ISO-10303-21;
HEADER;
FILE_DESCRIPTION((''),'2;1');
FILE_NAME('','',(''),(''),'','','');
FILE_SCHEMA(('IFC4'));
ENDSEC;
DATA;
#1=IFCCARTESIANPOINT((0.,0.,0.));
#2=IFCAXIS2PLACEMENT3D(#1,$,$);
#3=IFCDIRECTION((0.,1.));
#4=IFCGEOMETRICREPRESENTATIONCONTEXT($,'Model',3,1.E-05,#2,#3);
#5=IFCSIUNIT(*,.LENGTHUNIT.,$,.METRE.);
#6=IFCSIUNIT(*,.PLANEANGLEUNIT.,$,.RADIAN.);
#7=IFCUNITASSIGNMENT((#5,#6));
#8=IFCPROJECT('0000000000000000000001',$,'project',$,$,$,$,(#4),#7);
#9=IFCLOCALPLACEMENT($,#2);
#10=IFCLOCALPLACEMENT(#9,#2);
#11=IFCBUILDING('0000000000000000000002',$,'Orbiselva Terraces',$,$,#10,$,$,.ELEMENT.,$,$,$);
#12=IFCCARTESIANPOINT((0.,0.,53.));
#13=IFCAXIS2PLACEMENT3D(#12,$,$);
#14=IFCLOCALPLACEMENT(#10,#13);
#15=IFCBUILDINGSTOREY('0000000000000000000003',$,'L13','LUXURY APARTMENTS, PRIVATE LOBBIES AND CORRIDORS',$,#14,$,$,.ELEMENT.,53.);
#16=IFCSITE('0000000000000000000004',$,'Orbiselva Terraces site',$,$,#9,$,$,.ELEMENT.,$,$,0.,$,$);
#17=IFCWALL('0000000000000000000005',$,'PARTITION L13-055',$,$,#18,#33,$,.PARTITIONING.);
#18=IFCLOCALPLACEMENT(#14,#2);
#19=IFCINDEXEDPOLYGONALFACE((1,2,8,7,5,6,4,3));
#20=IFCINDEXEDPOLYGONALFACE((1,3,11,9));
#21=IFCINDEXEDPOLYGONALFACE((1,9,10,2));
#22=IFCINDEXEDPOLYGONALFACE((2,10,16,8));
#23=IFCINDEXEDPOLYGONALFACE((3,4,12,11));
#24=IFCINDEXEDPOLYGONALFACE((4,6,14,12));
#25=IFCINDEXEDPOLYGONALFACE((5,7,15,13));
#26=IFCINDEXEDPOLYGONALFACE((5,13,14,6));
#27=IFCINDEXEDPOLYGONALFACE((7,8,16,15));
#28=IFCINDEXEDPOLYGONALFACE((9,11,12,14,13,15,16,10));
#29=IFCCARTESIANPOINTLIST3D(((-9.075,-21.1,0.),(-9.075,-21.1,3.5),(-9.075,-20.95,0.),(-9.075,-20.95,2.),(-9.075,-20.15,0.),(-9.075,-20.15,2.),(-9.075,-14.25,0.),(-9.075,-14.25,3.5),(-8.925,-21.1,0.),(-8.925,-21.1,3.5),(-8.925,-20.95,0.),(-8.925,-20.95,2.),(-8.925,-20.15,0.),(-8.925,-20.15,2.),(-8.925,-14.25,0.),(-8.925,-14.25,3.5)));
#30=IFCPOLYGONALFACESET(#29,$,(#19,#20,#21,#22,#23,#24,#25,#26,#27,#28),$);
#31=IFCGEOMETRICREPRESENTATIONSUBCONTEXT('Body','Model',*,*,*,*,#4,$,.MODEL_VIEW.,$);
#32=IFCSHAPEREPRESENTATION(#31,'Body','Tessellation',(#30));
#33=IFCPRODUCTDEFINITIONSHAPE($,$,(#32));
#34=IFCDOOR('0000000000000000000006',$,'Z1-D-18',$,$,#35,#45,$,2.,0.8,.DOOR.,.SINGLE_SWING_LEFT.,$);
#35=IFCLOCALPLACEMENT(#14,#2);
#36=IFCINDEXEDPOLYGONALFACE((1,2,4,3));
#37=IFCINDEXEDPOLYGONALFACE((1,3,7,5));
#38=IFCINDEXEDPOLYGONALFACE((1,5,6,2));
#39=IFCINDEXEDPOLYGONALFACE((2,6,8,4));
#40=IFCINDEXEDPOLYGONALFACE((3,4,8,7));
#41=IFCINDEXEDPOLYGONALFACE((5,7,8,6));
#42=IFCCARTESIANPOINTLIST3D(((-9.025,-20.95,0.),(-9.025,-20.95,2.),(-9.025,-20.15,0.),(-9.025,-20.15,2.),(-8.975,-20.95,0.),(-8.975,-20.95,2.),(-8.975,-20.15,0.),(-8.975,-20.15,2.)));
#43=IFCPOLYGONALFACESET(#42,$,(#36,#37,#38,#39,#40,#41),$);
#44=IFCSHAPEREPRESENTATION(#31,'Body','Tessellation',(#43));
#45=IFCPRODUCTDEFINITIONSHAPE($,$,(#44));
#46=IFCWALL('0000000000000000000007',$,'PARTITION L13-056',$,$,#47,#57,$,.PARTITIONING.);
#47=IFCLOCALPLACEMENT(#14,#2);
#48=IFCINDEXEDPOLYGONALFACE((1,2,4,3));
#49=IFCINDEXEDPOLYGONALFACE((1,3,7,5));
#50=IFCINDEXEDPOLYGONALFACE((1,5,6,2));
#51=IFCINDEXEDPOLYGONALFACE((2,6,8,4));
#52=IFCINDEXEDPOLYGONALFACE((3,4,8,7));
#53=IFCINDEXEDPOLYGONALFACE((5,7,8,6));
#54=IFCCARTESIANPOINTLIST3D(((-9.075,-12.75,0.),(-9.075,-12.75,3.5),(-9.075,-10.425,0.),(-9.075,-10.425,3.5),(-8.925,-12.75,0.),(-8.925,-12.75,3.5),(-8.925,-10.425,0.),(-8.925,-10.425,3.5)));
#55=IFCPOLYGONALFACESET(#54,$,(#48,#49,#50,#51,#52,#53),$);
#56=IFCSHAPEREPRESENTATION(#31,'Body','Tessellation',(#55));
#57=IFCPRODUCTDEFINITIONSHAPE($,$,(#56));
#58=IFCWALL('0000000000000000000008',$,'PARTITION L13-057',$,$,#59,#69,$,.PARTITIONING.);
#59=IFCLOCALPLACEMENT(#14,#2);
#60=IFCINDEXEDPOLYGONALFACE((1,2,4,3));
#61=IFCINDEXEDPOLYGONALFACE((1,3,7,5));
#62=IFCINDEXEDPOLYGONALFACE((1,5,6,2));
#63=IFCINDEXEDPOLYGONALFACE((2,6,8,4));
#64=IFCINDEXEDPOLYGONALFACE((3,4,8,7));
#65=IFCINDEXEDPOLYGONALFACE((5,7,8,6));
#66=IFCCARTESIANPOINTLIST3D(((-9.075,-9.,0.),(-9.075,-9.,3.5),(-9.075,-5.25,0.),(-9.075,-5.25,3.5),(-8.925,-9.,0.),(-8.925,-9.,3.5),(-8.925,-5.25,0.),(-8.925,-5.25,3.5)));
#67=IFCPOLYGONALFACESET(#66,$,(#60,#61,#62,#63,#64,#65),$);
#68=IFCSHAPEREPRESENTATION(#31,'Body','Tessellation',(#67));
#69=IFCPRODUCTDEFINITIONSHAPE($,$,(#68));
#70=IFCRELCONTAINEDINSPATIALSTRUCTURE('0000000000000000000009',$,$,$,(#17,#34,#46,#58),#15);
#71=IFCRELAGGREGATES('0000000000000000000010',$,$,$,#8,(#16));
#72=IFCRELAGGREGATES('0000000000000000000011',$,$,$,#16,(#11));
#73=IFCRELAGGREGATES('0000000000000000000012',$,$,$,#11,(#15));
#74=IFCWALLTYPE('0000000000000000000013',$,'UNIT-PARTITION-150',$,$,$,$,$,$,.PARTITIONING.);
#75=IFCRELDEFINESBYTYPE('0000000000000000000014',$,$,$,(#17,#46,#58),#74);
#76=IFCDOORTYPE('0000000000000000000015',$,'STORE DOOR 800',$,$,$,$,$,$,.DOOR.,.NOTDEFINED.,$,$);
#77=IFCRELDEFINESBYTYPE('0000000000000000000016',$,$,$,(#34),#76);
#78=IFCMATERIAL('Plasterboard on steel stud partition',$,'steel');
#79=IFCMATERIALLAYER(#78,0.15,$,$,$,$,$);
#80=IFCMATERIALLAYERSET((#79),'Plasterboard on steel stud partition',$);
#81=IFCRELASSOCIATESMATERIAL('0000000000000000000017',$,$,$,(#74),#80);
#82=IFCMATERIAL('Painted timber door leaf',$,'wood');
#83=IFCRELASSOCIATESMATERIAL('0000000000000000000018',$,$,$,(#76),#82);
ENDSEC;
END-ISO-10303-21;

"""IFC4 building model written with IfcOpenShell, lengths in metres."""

from ifc_helpers import new_model, si_unit, direction, frame, frame_2d, origin, place, context, subcontext, project, spatial, rectangle, extrude, material, layer, layer_set, type_object, element, fill, save


model = new_model("IFC4")

# Units and contexts
model_context = context("Model", 3, precision=1e-05, world=origin(), true_north=direction((0.0, 1.0)))
body_context = subcontext(model_context, "Body", "Model", "MODEL_VIEW")
ifc_project = project(units=[si_unit("LENGTHUNIT", "METRE"), si_unit("PLANEANGLEUNIT", "RADIAN")], contexts=[model_context])

# Site, building, storey
site_placement = place(None, origin())
site = spatial("IfcSite", under=ifc_project, at=site_placement, Name="Orbiselva Terraces site", CompositionType="ELEMENT", RefElevation=0.0)
building_placement = place(site_placement, origin())
building = spatial("IfcBuilding", under=site, at=building_placement, Name="Orbiselva Terraces", CompositionType="ELEMENT")
storey_placement = place(building_placement, frame((0.0, 0.0, 53.0)))
storey = spatial("IfcBuildingStorey", under=building, at=storey_placement, Name="L13", Description="LUXURY APARTMENTS, PRIVATE LOBBIES AND CORRIDORS", CompositionType="ELEMENT", Elevation=53.0)

# Shared definitions
ifc_material_1 = material(Name="Plasterboard on steel stud partition", Category="steel")
ifc_material_2 = material(Name="Painted timber door leaf", Category="wood")

# Shared definitions
ifc_layer_1 = layer(ifc_material_1, 0.15)
ifc_layer_set_1 = layer_set([ifc_layer_1], Name="Plasterboard on steel stud partition")
wall_type_1 = type_object("IfcWallType", Name="UNIT-PARTITION-150", PredefinedType="PARTITIONING", material=ifc_layer_set_1)

# Wall, opening, door
wall_1_placement = place(storey_placement, frame((-9.0, -21.1, 0.0), z_axis=(0.0, 0.0, 1.0), x_axis=(0.0, 1.0, 0.0)))
wall_1 = element("IfcWall", 1, at=wall_1_placement, inside=storey, type_object=wall_type_1, Name="PARTITION L13-055", PredefinedType="PARTITIONING", context=body_context, shape_type="SweptSolid", body=[
    extrude(rectangle(XDim=6.85, YDim=0.15, at=frame_2d((3.425, 0.0))), origin(), (0.0, 0.0, 1.0), 3.5),
])
opening_1_placement = place(wall_1_placement, frame((0.15, 0.0, 0.0)))
opening_1 = element("IfcOpeningElement", 2, at=opening_1_placement, cuts=wall_1, PredefinedType="OPENING", context=body_context, shape_type="SweptSolid", body=[
    extrude(rectangle(XDim=0.8, YDim=2.0, at=frame_2d((0.4, 1.0))), frame((0.0, 0.085, 0.0), z_axis=(0.0, -1.0, 0.0), x_axis=(1.0, 0.0, 0.0)), (0.0, 0.0, 1.0), 0.17),
])
door_type_1 = type_object("IfcDoorType", Name="STORE DOOR 800", OperationType="NOTDEFINED", PredefinedType="DOOR", material=ifc_material_2)
door_1_placement = place(opening_1_placement, origin())
door_1 = element("IfcDoor", 3, at=door_1_placement, inside=storey, type_object=door_type_1, Name="Z1-D-18", OperationType="SINGLE_SWING_LEFT", OverallHeight=2.0, OverallWidth=0.8, PredefinedType="DOOR", context=body_context, shape_type="SweptSolid", body=[
    extrude(rectangle(XDim=0.8, YDim=2.0, at=frame_2d((0.4, 1.0))), frame((0.0, 0.025, 0.0), z_axis=(0.0, -1.0, 0.0), x_axis=(1.0, 0.0, 0.0)), (0.0, 0.0, 1.0), 0.05),
])
fill(opening_1, door_1)

# Walls
wall_2_placement = place(storey_placement, frame((-9.0, -12.75, 0.0), z_axis=(0.0, 0.0, 1.0), x_axis=(0.0, 1.0, 0.0)))
element("IfcWall", 4, at=wall_2_placement, inside=storey, type_object=wall_type_1, Name="PARTITION L13-056", PredefinedType="PARTITIONING", context=body_context, shape_type="SweptSolid", body=[
    extrude(rectangle(XDim=2.325, YDim=0.15, at=frame_2d((1.1625, 0.0))), origin(), (0.0, 0.0, 1.0), 3.5),
])
wall_3_placement = place(storey_placement, frame((-9.0, -9.0, 0.0), z_axis=(0.0, 0.0, 1.0), x_axis=(0.0, 1.0, 0.0)))
element("IfcWall", 5, at=wall_3_placement, inside=storey, type_object=wall_type_1, Name="PARTITION L13-057", PredefinedType="PARTITIONING", context=body_context, shape_type="SweptSolid", body=[
    extrude(rectangle(XDim=3.75, YDim=0.15, at=frame_2d((1.875, 0.0))), origin(), (0.0, 0.0, 1.0), 3.5),
])

save(model, "model.ifc")
